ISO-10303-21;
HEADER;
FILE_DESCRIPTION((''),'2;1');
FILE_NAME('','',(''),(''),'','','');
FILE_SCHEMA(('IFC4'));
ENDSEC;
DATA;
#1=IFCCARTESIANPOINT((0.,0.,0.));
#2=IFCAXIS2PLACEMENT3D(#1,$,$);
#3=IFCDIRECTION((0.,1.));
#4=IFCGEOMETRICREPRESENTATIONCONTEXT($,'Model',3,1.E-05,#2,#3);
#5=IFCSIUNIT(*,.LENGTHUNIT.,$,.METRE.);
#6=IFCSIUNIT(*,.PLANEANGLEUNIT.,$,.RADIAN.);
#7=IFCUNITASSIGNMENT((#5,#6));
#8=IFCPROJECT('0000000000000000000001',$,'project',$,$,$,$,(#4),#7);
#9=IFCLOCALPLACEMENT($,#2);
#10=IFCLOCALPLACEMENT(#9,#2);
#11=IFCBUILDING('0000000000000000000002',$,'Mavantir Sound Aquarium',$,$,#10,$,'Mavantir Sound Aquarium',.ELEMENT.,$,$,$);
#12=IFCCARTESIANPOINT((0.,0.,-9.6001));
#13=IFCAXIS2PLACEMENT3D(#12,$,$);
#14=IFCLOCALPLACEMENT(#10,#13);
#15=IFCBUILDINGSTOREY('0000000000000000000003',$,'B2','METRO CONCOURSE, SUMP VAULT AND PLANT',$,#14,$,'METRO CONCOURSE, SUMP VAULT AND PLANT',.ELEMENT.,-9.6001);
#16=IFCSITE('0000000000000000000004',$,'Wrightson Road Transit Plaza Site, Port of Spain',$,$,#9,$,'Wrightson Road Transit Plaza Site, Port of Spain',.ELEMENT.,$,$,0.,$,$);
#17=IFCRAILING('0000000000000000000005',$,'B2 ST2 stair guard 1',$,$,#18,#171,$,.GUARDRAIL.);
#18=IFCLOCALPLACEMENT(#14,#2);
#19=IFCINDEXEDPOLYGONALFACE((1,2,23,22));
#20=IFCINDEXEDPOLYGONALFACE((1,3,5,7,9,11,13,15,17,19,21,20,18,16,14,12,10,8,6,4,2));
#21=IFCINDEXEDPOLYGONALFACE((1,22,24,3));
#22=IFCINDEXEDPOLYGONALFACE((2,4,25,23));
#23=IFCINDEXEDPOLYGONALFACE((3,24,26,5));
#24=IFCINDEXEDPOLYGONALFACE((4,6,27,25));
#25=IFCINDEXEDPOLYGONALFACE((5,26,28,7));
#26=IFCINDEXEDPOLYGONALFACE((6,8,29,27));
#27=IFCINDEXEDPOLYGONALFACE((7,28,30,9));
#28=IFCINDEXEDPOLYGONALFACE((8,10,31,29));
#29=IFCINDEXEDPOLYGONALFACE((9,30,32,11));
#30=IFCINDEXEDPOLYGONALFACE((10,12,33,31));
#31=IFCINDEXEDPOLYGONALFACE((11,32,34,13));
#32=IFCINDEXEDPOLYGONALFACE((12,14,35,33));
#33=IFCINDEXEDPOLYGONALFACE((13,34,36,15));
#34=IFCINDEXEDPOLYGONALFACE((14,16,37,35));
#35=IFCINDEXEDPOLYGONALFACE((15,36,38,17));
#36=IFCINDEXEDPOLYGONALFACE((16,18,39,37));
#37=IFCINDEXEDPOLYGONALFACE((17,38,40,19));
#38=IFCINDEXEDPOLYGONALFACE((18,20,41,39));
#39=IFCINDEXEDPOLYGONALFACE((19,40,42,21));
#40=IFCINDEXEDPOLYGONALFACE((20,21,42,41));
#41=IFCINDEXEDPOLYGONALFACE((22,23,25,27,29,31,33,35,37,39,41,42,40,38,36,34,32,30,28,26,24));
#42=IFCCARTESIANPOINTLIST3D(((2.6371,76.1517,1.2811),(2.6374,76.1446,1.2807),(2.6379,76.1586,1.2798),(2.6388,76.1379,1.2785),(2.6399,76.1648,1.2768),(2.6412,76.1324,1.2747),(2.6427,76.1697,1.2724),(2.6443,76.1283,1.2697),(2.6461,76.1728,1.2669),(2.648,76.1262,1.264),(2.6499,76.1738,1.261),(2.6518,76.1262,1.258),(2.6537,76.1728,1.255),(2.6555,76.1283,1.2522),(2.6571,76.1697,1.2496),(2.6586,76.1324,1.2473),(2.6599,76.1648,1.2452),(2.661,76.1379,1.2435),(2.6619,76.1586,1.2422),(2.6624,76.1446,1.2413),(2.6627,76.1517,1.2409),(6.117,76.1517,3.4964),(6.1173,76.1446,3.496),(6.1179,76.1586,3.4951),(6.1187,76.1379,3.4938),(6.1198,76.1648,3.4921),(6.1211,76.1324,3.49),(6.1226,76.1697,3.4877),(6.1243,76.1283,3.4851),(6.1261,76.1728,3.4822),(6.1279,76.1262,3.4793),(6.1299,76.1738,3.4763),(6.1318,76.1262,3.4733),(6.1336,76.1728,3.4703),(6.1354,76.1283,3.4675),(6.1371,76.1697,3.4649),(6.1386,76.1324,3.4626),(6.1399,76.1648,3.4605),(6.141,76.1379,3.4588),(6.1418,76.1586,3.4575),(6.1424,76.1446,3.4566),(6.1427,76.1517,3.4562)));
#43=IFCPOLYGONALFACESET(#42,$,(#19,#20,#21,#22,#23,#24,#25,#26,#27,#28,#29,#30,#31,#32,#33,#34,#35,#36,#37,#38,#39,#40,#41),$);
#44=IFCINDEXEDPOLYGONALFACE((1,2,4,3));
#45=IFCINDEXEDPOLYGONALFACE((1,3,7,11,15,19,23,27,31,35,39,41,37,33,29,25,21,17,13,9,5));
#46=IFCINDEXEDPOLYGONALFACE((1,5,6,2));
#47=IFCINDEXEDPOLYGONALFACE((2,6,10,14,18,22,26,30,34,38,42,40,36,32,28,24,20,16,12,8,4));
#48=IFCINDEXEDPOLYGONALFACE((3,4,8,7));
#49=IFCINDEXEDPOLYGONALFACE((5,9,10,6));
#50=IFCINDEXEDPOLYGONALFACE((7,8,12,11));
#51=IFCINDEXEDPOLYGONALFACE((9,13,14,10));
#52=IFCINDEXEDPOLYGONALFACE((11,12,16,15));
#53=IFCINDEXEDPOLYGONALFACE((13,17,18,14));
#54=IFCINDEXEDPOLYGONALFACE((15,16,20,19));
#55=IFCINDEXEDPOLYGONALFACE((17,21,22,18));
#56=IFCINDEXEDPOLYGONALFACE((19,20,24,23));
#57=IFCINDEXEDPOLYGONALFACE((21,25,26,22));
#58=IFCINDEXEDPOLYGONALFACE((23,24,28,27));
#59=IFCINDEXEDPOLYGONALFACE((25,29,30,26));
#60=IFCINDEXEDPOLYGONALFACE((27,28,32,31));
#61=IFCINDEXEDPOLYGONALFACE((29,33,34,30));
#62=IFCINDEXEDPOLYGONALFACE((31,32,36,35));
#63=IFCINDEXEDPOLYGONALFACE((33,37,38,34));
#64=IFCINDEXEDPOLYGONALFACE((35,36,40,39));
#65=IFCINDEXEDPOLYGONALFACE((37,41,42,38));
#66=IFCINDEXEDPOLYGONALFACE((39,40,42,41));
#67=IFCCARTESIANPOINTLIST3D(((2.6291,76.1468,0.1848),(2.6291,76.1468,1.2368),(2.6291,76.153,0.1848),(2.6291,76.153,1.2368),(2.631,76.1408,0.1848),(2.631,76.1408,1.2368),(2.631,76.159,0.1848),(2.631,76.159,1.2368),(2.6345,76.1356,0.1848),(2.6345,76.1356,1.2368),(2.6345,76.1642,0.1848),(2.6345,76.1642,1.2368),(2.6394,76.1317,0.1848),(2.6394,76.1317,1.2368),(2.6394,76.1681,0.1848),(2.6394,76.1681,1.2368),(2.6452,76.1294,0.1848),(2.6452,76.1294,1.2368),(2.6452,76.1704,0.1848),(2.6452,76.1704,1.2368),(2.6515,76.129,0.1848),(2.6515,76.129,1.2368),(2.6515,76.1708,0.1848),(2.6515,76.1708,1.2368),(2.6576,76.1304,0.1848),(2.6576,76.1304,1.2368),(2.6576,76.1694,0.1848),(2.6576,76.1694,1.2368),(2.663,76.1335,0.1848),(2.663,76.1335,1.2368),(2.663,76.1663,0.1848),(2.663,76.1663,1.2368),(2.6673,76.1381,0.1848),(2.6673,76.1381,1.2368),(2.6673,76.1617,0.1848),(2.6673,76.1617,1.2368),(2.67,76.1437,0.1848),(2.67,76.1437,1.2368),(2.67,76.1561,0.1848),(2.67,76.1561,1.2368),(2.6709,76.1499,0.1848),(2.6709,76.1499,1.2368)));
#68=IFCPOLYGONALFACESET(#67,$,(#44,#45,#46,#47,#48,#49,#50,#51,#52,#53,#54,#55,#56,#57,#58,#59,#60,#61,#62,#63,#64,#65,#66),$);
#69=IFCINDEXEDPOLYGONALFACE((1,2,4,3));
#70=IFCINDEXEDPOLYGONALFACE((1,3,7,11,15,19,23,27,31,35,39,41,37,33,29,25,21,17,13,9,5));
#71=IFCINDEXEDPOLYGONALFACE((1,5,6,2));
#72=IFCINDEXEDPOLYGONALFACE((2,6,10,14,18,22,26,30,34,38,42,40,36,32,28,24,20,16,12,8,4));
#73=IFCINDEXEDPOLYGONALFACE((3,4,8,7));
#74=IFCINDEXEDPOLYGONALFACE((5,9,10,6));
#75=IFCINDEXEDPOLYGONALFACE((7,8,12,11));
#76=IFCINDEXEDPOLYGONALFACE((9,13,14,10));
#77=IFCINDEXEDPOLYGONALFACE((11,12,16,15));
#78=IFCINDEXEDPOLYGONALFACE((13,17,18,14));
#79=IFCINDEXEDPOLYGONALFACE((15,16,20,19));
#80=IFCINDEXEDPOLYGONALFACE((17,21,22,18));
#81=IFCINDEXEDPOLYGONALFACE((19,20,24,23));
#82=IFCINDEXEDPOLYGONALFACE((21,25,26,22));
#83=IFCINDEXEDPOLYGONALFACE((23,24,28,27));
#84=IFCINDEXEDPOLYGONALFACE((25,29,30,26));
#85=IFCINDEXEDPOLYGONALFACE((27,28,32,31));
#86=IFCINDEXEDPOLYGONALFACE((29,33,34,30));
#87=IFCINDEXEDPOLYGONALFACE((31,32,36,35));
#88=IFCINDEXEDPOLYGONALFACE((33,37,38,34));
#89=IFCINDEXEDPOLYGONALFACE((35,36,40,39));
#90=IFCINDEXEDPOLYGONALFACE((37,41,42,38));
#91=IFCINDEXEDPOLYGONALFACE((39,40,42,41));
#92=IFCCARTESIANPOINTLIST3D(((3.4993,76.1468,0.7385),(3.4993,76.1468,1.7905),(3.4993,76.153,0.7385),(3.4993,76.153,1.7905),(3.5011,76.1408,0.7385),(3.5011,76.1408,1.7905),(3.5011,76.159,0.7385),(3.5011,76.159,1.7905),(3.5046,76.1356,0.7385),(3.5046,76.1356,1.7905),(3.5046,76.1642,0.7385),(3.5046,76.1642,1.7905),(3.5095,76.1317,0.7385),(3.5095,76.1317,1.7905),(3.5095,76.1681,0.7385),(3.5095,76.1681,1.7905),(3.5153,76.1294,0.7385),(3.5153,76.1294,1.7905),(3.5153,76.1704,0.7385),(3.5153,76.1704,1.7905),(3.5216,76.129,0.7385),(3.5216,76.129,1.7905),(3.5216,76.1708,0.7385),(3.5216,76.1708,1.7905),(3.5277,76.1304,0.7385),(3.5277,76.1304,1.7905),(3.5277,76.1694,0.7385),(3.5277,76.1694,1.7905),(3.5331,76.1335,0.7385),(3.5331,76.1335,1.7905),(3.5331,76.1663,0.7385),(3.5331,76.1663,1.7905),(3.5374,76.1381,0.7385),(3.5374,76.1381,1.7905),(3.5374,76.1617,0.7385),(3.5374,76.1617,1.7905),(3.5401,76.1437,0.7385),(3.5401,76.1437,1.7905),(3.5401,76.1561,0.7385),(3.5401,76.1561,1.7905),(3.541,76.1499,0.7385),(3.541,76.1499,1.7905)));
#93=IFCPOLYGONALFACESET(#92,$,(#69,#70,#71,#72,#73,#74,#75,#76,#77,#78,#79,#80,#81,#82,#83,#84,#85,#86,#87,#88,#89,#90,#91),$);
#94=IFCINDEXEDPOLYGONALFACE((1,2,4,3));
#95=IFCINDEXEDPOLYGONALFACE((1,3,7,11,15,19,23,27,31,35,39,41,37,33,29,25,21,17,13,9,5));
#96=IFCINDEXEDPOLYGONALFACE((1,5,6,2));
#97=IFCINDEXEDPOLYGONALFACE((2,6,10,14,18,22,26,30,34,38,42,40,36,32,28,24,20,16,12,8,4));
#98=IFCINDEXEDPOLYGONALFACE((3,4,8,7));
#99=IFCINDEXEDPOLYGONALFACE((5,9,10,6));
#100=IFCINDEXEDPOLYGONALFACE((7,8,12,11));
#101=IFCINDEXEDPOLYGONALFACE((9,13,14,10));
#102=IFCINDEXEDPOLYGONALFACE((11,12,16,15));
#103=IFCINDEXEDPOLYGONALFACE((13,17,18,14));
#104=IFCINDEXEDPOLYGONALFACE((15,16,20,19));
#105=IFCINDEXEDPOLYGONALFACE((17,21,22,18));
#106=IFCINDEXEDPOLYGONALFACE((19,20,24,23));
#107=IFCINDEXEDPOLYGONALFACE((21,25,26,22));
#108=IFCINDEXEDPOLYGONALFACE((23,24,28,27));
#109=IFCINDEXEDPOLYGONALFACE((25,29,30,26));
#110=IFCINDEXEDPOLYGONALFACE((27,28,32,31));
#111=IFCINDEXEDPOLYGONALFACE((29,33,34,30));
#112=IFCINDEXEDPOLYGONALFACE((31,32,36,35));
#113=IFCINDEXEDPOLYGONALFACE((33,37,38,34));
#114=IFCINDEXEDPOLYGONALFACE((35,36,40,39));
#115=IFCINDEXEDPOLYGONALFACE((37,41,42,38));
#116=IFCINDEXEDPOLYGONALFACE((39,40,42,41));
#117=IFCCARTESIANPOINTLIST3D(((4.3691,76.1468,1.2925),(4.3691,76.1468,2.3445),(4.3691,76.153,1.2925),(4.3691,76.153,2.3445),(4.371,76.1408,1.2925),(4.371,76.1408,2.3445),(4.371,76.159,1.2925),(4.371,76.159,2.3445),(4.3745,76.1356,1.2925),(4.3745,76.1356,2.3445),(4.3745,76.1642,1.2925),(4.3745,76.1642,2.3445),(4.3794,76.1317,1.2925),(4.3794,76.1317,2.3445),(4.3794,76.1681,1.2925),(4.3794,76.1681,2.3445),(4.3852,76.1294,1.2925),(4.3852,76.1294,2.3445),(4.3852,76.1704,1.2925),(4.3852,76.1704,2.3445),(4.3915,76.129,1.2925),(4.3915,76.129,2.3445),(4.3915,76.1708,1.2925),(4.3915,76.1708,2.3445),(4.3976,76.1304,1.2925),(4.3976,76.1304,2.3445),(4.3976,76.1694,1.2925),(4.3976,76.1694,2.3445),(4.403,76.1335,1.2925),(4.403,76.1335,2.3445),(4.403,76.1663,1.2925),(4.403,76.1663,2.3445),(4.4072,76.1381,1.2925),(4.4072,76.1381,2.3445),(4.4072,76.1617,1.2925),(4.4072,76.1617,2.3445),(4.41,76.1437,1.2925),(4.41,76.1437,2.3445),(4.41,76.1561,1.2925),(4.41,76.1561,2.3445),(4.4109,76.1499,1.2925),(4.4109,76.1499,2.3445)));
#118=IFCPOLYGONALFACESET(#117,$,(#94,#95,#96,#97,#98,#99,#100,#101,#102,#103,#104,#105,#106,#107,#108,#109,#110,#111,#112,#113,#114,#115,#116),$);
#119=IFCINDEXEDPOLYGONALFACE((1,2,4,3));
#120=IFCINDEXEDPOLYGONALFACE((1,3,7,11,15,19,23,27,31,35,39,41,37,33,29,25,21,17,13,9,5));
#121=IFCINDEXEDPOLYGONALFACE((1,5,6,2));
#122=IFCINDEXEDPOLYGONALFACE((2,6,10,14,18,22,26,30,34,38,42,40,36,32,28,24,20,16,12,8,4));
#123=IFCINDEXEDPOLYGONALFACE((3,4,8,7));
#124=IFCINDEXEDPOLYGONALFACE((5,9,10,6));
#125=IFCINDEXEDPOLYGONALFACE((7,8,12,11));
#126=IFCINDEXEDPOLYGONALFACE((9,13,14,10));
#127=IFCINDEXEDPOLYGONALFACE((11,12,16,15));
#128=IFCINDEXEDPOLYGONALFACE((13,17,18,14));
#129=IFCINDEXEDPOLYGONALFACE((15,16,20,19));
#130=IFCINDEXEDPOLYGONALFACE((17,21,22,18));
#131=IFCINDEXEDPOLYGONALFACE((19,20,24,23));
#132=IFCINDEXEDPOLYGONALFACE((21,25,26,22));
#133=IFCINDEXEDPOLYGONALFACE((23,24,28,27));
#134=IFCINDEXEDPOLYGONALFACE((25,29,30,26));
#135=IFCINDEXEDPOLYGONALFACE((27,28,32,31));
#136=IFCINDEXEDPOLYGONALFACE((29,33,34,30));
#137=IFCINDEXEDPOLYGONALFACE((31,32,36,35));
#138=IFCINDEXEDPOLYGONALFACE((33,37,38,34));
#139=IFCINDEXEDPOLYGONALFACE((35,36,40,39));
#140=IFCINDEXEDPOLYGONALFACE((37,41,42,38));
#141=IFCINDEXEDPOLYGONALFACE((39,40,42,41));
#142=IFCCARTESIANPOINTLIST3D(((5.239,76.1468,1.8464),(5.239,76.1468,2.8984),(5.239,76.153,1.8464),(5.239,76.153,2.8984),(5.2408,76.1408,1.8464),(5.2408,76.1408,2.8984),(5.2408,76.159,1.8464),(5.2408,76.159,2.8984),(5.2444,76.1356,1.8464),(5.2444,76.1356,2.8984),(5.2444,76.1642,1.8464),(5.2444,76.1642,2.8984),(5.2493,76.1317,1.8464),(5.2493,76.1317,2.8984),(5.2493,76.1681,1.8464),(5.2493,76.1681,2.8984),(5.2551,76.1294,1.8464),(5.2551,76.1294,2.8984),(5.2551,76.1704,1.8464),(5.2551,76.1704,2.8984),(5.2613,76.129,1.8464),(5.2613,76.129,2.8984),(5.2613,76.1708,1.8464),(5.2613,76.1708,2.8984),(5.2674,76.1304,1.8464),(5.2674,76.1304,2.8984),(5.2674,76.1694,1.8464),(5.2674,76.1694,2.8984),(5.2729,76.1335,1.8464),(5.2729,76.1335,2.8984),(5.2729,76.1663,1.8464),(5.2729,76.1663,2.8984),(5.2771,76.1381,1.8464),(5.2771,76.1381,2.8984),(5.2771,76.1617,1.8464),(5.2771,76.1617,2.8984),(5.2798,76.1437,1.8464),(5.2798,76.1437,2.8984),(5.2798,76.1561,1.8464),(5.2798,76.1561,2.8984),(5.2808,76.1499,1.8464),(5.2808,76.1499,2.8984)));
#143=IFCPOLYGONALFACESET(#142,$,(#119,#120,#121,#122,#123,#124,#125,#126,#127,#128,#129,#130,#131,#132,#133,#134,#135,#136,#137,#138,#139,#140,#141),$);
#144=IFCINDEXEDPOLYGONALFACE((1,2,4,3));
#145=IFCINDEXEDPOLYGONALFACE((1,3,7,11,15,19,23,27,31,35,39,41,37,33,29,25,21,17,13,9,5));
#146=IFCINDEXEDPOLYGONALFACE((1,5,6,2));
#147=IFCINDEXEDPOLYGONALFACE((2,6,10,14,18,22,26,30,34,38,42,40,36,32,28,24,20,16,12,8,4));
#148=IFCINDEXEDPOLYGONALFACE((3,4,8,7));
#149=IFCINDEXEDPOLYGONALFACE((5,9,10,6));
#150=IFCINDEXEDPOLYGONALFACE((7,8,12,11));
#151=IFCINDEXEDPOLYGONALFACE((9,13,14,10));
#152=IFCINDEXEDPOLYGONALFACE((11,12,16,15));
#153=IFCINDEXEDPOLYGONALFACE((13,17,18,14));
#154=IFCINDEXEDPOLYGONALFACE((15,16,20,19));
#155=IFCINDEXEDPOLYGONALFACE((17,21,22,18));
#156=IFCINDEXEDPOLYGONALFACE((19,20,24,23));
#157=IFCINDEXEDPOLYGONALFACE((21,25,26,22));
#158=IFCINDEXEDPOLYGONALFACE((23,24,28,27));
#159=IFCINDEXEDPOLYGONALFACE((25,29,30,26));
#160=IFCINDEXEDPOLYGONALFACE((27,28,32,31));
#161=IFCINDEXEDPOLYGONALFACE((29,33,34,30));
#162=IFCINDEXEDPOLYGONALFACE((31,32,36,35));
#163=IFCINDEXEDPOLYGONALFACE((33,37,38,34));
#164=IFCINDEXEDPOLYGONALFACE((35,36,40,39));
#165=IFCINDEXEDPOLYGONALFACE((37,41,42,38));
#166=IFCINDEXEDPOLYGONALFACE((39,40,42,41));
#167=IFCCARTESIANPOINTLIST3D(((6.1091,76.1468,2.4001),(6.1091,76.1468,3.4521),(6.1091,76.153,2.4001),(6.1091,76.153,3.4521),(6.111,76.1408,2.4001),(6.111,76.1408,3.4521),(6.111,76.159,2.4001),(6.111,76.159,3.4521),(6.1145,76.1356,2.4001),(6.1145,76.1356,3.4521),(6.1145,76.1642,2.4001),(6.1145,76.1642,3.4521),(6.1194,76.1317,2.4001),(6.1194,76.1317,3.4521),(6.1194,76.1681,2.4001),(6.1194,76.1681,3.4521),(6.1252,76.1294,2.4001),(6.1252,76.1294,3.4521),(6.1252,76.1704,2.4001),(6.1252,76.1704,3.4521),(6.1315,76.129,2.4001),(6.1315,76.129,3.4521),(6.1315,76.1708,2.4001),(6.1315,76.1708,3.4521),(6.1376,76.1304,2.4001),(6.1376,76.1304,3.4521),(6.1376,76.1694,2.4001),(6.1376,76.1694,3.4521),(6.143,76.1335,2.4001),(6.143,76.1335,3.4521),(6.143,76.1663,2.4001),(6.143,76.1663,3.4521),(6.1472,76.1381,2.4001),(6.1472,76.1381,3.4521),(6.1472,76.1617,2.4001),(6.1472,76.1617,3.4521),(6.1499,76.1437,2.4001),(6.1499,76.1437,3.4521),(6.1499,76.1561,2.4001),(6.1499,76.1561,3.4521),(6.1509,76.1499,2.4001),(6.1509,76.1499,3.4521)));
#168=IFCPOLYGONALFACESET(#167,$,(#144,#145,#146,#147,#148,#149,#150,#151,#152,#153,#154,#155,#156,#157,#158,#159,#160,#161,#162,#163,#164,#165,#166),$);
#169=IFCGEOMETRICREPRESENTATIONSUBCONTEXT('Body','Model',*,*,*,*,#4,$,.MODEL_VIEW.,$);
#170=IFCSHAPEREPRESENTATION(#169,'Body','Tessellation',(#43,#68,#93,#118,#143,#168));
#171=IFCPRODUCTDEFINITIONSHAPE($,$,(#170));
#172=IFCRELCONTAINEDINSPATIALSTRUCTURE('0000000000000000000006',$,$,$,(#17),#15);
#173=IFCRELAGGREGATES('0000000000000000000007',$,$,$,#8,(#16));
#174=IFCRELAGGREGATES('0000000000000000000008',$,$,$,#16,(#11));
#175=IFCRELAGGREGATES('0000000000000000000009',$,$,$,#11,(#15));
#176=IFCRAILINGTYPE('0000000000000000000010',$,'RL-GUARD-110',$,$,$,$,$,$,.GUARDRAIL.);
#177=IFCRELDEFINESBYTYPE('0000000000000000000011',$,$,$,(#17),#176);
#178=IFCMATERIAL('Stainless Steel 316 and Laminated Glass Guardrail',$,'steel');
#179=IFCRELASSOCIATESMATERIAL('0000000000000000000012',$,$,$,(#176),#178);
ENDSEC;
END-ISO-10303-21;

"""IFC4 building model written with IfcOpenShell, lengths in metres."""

from ifc_helpers import new_model, si_unit, direction, frame, origin, origin_2d, place, context, subcontext, project, spatial, circle, extrude, material, type_object, element, save


model = new_model("IFC4")

# Units and contexts
model_context = context("Model", 3, precision=1e-05, world=origin(), true_north=direction((0.0, 1.0)))
body_context = subcontext(model_context, "Body", "Model", "MODEL_VIEW")
ifc_project = project(units=[si_unit("LENGTHUNIT", "METRE"), si_unit("PLANEANGLEUNIT", "RADIAN")], contexts=[model_context])

# Site, building, storey
site_placement = place(None, origin())
site = spatial("IfcSite", under=ifc_project, at=site_placement, Name="Wrightson Road Transit Plaza Site, Port of Spain", LongName="Wrightson Road Transit Plaza Site, Port of Spain", CompositionType="ELEMENT", RefElevation=0.0)
building_placement = place(site_placement, origin())
building = spatial("IfcBuilding", under=site, at=building_placement, Name="Mavantir Sound Aquarium", LongName="Mavantir Sound Aquarium", CompositionType="ELEMENT")
storey_placement = place(building_placement, frame((0.0, 0.0, -9.6001)))
storey = spatial("IfcBuildingStorey", under=building, at=storey_placement, Name="B2", Description="METRO CONCOURSE, SUMP VAULT AND PLANT", LongName="METRO CONCOURSE, SUMP VAULT AND PLANT", CompositionType="ELEMENT", Elevation=-9.6001)

# Railing
ifc_material_1 = material(Name="Stainless Steel 316 and Laminated Glass Guardrail", Category="steel")
railing_type_1 = type_object("IfcRailingType", Name="RL-GUARD-110", PredefinedType="GUARDRAIL", material=ifc_material_1)
railing_1_placement = place(storey_placement, frame((2.6499, 76.1499, 0.1848)))
element("IfcRailing", 1, at=railing_1_placement, inside=storey, type_object=railing_type_1, Name="B2 ST2 stair guard 1", PredefinedType="GUARDRAIL", context=body_context, shape_type="SweptSolid", body=[
    extrude(circle(Radius=0.0239, at=origin_2d()), frame((0.0, 0.0, 1.0762), z_axis=(0.843574, 0.0, 0.537013), x_axis=(0.0, 1.0, 0.0)), (0.0, 0.0, 1.0), 4.1252),
    extrude(circle(Radius=0.021, at=origin_2d()), origin(), (0.0, 0.0, 1.0), 1.052),
    extrude(circle(Radius=0.021, at=origin_2d()), frame((0.8701, 0.0, 0.5537)), (0.0, 0.0, 1.0), 1.052),
    extrude(circle(Radius=0.021, at=origin_2d()), frame((1.74, 0.0, 1.1077)), (0.0, 0.0, 1.0), 1.052),
    extrude(circle(Radius=0.021, at=origin_2d()), frame((2.6099, 0.0, 1.6616)), (0.0, 0.0, 1.0), 1.052),
    extrude(circle(Radius=0.021, at=origin_2d()), frame((3.48, 0.0, 2.2153)), (0.0, 0.0, 1.0), 1.052),
])

save(model, "model.ifc")
